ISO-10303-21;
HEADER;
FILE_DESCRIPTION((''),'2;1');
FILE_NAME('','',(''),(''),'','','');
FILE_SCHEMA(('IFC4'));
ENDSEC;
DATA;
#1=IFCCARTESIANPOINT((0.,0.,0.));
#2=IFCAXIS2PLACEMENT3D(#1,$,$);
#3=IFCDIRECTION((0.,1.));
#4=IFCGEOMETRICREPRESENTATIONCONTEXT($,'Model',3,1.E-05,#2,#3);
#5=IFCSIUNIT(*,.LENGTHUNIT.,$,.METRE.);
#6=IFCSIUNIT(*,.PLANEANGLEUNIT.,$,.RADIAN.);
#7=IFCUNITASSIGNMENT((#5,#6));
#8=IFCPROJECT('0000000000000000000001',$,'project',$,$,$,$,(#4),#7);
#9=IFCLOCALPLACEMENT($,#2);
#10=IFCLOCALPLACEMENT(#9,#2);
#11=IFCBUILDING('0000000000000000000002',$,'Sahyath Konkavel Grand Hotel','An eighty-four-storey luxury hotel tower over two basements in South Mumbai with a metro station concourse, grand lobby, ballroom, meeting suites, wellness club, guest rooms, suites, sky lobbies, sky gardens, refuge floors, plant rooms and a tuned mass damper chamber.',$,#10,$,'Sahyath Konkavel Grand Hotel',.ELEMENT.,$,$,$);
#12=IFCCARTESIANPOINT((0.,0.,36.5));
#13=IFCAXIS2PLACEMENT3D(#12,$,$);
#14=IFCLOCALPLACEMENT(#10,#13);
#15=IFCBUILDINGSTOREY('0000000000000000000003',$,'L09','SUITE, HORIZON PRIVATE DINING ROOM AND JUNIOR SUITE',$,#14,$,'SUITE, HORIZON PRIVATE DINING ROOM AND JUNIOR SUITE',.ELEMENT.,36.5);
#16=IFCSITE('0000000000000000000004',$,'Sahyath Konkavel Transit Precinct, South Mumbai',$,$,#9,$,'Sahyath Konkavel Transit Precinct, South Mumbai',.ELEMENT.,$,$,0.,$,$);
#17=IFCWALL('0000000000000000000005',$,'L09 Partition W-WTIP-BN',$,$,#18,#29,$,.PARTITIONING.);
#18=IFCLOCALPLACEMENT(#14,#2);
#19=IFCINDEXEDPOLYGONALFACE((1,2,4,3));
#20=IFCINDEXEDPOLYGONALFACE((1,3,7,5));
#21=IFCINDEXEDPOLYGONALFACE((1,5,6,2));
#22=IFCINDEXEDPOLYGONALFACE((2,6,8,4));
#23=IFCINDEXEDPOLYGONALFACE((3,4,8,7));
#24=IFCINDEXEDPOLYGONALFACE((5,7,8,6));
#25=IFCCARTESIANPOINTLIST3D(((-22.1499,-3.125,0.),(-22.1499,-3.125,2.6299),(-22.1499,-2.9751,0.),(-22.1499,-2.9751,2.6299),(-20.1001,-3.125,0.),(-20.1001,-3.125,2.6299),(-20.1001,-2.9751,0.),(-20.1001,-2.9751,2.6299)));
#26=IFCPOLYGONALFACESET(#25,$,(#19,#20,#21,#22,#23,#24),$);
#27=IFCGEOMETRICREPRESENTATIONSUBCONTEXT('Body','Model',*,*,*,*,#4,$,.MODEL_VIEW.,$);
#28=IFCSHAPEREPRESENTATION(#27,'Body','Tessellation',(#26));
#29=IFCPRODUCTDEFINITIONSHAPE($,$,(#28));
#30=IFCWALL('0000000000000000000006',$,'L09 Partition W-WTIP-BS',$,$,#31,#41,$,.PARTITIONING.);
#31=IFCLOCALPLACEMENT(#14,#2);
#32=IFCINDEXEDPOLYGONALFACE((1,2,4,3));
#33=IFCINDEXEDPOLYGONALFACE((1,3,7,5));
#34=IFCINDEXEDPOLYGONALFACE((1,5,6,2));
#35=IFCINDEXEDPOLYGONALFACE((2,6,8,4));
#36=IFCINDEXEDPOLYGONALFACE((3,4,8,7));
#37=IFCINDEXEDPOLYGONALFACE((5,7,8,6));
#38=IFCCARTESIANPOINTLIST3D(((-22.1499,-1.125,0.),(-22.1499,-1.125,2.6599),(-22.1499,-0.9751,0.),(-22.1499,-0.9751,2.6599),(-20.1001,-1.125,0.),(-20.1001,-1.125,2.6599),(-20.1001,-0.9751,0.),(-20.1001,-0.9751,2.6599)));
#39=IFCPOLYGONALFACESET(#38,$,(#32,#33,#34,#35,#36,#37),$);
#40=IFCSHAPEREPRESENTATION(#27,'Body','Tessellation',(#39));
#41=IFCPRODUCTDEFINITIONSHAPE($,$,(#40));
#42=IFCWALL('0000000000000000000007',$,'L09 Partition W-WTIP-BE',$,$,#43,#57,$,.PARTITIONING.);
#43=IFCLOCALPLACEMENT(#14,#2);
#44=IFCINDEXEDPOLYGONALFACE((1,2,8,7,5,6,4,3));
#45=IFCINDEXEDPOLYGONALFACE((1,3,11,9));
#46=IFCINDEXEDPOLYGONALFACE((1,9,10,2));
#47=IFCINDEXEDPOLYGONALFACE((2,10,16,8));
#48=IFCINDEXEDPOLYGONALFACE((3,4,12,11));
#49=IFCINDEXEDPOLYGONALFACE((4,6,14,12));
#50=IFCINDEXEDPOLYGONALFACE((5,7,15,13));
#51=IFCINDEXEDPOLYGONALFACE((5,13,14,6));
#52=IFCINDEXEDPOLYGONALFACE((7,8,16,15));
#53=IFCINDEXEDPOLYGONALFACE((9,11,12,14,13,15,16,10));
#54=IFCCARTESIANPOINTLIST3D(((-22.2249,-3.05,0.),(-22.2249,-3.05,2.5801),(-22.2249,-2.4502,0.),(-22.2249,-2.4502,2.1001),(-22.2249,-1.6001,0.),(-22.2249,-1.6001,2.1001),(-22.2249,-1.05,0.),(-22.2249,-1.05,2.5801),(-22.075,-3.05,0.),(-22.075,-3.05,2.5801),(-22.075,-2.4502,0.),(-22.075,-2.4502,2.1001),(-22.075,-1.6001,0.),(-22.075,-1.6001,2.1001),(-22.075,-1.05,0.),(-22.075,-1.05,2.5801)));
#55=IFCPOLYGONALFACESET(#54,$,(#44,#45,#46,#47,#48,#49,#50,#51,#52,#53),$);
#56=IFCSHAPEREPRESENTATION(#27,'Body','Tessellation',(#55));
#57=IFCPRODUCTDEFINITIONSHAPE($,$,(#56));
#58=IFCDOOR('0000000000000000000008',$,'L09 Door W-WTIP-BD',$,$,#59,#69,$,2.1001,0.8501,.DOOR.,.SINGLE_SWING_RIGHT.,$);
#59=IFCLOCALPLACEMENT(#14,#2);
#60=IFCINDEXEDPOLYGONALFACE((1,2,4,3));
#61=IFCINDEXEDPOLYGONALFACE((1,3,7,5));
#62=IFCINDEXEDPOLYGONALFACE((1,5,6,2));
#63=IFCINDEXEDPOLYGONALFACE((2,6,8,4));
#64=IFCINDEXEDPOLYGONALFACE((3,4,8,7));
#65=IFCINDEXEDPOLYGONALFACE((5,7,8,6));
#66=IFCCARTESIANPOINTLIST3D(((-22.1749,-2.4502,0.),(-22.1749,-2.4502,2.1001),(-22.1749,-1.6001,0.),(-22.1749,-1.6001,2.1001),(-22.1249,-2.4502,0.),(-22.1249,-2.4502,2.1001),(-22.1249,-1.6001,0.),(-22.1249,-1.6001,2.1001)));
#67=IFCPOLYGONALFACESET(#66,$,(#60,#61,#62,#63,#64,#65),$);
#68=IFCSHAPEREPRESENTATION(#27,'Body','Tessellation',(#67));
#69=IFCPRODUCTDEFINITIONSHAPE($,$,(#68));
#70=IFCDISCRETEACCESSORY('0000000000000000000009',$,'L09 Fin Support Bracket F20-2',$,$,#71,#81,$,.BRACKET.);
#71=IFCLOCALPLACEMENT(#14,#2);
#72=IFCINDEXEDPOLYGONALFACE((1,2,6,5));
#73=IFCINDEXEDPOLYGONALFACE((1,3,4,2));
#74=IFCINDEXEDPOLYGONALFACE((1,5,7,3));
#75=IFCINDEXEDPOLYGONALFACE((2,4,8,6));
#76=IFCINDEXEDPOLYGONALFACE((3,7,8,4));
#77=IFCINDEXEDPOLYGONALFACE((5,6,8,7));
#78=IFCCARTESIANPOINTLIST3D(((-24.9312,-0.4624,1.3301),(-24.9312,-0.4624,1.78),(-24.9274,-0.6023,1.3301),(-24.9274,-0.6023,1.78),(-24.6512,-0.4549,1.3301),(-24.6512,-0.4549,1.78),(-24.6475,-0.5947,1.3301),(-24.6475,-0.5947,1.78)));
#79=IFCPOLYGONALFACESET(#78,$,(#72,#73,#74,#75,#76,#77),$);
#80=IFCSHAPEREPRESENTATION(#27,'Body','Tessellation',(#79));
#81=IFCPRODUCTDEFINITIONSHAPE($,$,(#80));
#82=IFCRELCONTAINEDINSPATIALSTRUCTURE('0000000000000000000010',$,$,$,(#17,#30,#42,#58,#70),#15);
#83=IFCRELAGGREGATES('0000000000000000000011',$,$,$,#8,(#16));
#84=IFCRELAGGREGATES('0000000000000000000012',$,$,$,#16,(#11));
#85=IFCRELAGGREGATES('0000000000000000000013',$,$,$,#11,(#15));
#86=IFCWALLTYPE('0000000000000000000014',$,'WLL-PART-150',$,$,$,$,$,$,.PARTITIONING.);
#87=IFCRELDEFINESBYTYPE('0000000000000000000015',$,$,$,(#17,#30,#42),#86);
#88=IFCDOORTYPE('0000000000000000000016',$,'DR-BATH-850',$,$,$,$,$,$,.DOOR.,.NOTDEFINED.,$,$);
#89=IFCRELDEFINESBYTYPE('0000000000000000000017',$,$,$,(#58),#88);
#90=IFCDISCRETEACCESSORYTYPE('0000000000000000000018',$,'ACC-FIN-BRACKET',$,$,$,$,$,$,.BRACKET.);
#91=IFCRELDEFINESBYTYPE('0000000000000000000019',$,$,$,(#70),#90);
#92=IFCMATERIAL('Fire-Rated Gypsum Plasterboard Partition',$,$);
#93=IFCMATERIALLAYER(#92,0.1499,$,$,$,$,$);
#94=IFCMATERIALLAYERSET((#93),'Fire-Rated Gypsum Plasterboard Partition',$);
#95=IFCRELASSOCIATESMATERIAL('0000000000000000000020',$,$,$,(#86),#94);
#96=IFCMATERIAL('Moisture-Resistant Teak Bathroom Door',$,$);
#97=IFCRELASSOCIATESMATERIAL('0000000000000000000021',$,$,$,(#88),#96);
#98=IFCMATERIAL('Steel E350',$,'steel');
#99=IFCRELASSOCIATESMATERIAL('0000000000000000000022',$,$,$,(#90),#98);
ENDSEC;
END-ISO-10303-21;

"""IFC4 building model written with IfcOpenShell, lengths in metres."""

from ifc_helpers import new_model, si_unit, direction, frame, frame_2d, origin, origin_2d, place, context, subcontext, project, spatial, rectangle, extrude, source, transform, mapped, material, layer, layer_set, type_object, element, fill, save


model = new_model("IFC4")

# Units and contexts
model_context = context("Model", 3, precision=1e-05, world=origin(), true_north=direction((0.0, 1.0)))
body_context = subcontext(model_context, "Body", "Model", "MODEL_VIEW")
ifc_project = project(units=[si_unit("LENGTHUNIT", "METRE"), si_unit("PLANEANGLEUNIT", "RADIAN")], contexts=[model_context])

# Site, building, storey
site_placement = place(None, origin())
site = spatial("IfcSite", under=ifc_project, at=site_placement, Name="Sahyath Konkavel Transit Precinct, South Mumbai", LongName="Sahyath Konkavel Transit Precinct, South Mumbai", CompositionType="ELEMENT", RefElevation=0.0)
building_placement = place(site_placement, origin())
building = spatial("IfcBuilding", under=site, at=building_placement, Name="Sahyath Konkavel Grand Hotel", Description="An eighty-four-storey luxury hotel tower over two basements in South Mumbai with a metro station concourse, grand lobby, ballroom, meeting suites, wellness club, guest rooms, suites, sky lobbies, sky gardens, refuge floors, plant rooms and a tuned mass damper chamber.", LongName="Sahyath Konkavel Grand Hotel", CompositionType="ELEMENT")
storey_placement = place(building_placement, frame((0.0, 0.0, 36.5)))
storey = spatial("IfcBuildingStorey", under=building, at=storey_placement, Name="L09", Description="SUITE, HORIZON PRIVATE DINING ROOM AND JUNIOR SUITE", LongName="SUITE, HORIZON PRIVATE DINING ROOM AND JUNIOR SUITE", CompositionType="ELEMENT", Elevation=36.5)

# Shared definitions
ifc_material_1 = material(Name="Steel E350", Category="steel")

# Walls
ifc_material_2 = material(Name="Fire-Rated Gypsum Plasterboard Partition")
ifc_layer_1 = layer(ifc_material_2, 0.1499)
ifc_layer_set_1 = layer_set([ifc_layer_1], Name="Fire-Rated Gypsum Plasterboard Partition")
wall_type_1 = type_object("IfcWallType", Name="WLL-PART-150", PredefinedType="PARTITIONING", material=ifc_layer_set_1)
wall_1_placement = place(storey_placement, frame((-20.1001, -3.05, 0.0), z_axis=(0.0, 0.0, 1.0), x_axis=(-1.0, 0.0, 0.0)))
element("IfcWall", 1, at=wall_1_placement, inside=storey, type_object=wall_type_1, Name="L09 Partition W-WTIP-BN", PredefinedType="PARTITIONING", context=body_context, shape_type="SweptSolid", body=[
    extrude(rectangle(XDim=2.0498, YDim=0.1499, at=frame_2d((1.0249, 0.0))), origin(), (0.0, 0.0, 1.0), 2.6299),
])
wall_2_placement = place(storey_placement, frame((-20.1001, -1.05, 0.0), z_axis=(0.0, 0.0, 1.0), x_axis=(-1.0, 0.0, 0.0)))
element("IfcWall", 2, at=wall_2_placement, inside=storey, type_object=wall_type_1, Name="L09 Partition W-WTIP-BS", PredefinedType="PARTITIONING", context=body_context, shape_type="SweptSolid", body=[
    extrude(rectangle(XDim=2.0498, YDim=0.1499, at=frame_2d((1.0249, 0.0))), origin(), (0.0, 0.0, 1.0), 2.6599),
])

# Wall, opening, door
wall_3_placement = place(storey_placement, frame((-22.1499, -1.05, 0.0), z_axis=(0.0, 0.0, 1.0), x_axis=(0.0, -1.0, 0.0)))
wall_3 = element("IfcWall", 3, at=wall_3_placement, inside=storey, type_object=wall_type_1, Name="L09 Partition W-WTIP-BE", PredefinedType="PARTITIONING", context=body_context, shape_type="SweptSolid", body=[
    extrude(rectangle(XDim=2.0, YDim=0.1499, at=frame_2d((1.0, 0.0))), origin(), (0.0, 0.0, 1.0), 2.5801),
])
opening_placement = place(wall_3_placement, frame((0.55, 0.0, 0.0)))
opening = element("IfcOpeningElement", 4, at=opening_placement, cuts=wall_3, PredefinedType="OPENING", context=body_context, shape_type="SweptSolid", body=[
    extrude(rectangle(XDim=0.8501, YDim=2.1001, at=frame_2d((0.425, 1.05))), frame((0.0, 0.085, 0.0), z_axis=(0.0, -1.0, 0.0), x_axis=(1.0, 0.0, 0.0)), (0.0, 0.0, 1.0), 0.1699),
])
ifc_material_3 = material(Name="Moisture-Resistant Teak Bathroom Door")
door_type = type_object("IfcDoorType", Name="DR-BATH-850", OperationType="NOTDEFINED", PredefinedType="DOOR", material=ifc_material_3)
shared_shape_1 = source(origin(), body_context, "Body", "SweptSolid", [
    extrude(rectangle(XDim=0.8501, YDim=0.05, at=origin_2d()), origin(), (0.0, 0.0, 1.0), 2.1001),
])
door_placement = place(opening_placement, frame((0.425, 0.0, 0.0)))
door = element("IfcDoor", 5, at=door_placement, inside=storey, type_object=door_type, Name="L09 Door W-WTIP-BD", OperationType="SINGLE_SWING_RIGHT", OverallHeight=2.1001, OverallWidth=0.8501, PredefinedType="DOOR", context=body_context, shape_type="MappedRepresentation", body=[
    mapped(shared_shape_1, transform((0.0, 0.0, 0.0), scale=1.0)),
])
fill(opening, door)

# Discrete accessory
discrete_accessory_type = type_object("IfcDiscreteAccessoryType", Name="ACC-FIN-BRACKET", PredefinedType="BRACKET", material=ifc_material_1)
shared_shape_2 = source(origin(), body_context, "Body", "SweptSolid", [
    extrude(rectangle(XDim=0.28, YDim=0.1399, at=origin_2d()), origin(), (0.0, 0.0, 1.0), 0.45),
])
discrete_accessory_placement = place(storey_placement, frame((-24.7893, -0.5286, 1.3301), z_axis=(0.0, 0.0, 1.0), x_axis=(-0.999638, -0.02691, 0.0)))
element("IfcDiscreteAccessory", 6, at=discrete_accessory_placement, inside=storey, type_object=discrete_accessory_type, Name="L09 Fin Support Bracket F20-2", PredefinedType="BRACKET", context=body_context, shape_type="MappedRepresentation", body=[
    mapped(shared_shape_2, transform((0.0, 0.0, 0.0), scale=1.0)),
])

save(model, "model.ifc")
